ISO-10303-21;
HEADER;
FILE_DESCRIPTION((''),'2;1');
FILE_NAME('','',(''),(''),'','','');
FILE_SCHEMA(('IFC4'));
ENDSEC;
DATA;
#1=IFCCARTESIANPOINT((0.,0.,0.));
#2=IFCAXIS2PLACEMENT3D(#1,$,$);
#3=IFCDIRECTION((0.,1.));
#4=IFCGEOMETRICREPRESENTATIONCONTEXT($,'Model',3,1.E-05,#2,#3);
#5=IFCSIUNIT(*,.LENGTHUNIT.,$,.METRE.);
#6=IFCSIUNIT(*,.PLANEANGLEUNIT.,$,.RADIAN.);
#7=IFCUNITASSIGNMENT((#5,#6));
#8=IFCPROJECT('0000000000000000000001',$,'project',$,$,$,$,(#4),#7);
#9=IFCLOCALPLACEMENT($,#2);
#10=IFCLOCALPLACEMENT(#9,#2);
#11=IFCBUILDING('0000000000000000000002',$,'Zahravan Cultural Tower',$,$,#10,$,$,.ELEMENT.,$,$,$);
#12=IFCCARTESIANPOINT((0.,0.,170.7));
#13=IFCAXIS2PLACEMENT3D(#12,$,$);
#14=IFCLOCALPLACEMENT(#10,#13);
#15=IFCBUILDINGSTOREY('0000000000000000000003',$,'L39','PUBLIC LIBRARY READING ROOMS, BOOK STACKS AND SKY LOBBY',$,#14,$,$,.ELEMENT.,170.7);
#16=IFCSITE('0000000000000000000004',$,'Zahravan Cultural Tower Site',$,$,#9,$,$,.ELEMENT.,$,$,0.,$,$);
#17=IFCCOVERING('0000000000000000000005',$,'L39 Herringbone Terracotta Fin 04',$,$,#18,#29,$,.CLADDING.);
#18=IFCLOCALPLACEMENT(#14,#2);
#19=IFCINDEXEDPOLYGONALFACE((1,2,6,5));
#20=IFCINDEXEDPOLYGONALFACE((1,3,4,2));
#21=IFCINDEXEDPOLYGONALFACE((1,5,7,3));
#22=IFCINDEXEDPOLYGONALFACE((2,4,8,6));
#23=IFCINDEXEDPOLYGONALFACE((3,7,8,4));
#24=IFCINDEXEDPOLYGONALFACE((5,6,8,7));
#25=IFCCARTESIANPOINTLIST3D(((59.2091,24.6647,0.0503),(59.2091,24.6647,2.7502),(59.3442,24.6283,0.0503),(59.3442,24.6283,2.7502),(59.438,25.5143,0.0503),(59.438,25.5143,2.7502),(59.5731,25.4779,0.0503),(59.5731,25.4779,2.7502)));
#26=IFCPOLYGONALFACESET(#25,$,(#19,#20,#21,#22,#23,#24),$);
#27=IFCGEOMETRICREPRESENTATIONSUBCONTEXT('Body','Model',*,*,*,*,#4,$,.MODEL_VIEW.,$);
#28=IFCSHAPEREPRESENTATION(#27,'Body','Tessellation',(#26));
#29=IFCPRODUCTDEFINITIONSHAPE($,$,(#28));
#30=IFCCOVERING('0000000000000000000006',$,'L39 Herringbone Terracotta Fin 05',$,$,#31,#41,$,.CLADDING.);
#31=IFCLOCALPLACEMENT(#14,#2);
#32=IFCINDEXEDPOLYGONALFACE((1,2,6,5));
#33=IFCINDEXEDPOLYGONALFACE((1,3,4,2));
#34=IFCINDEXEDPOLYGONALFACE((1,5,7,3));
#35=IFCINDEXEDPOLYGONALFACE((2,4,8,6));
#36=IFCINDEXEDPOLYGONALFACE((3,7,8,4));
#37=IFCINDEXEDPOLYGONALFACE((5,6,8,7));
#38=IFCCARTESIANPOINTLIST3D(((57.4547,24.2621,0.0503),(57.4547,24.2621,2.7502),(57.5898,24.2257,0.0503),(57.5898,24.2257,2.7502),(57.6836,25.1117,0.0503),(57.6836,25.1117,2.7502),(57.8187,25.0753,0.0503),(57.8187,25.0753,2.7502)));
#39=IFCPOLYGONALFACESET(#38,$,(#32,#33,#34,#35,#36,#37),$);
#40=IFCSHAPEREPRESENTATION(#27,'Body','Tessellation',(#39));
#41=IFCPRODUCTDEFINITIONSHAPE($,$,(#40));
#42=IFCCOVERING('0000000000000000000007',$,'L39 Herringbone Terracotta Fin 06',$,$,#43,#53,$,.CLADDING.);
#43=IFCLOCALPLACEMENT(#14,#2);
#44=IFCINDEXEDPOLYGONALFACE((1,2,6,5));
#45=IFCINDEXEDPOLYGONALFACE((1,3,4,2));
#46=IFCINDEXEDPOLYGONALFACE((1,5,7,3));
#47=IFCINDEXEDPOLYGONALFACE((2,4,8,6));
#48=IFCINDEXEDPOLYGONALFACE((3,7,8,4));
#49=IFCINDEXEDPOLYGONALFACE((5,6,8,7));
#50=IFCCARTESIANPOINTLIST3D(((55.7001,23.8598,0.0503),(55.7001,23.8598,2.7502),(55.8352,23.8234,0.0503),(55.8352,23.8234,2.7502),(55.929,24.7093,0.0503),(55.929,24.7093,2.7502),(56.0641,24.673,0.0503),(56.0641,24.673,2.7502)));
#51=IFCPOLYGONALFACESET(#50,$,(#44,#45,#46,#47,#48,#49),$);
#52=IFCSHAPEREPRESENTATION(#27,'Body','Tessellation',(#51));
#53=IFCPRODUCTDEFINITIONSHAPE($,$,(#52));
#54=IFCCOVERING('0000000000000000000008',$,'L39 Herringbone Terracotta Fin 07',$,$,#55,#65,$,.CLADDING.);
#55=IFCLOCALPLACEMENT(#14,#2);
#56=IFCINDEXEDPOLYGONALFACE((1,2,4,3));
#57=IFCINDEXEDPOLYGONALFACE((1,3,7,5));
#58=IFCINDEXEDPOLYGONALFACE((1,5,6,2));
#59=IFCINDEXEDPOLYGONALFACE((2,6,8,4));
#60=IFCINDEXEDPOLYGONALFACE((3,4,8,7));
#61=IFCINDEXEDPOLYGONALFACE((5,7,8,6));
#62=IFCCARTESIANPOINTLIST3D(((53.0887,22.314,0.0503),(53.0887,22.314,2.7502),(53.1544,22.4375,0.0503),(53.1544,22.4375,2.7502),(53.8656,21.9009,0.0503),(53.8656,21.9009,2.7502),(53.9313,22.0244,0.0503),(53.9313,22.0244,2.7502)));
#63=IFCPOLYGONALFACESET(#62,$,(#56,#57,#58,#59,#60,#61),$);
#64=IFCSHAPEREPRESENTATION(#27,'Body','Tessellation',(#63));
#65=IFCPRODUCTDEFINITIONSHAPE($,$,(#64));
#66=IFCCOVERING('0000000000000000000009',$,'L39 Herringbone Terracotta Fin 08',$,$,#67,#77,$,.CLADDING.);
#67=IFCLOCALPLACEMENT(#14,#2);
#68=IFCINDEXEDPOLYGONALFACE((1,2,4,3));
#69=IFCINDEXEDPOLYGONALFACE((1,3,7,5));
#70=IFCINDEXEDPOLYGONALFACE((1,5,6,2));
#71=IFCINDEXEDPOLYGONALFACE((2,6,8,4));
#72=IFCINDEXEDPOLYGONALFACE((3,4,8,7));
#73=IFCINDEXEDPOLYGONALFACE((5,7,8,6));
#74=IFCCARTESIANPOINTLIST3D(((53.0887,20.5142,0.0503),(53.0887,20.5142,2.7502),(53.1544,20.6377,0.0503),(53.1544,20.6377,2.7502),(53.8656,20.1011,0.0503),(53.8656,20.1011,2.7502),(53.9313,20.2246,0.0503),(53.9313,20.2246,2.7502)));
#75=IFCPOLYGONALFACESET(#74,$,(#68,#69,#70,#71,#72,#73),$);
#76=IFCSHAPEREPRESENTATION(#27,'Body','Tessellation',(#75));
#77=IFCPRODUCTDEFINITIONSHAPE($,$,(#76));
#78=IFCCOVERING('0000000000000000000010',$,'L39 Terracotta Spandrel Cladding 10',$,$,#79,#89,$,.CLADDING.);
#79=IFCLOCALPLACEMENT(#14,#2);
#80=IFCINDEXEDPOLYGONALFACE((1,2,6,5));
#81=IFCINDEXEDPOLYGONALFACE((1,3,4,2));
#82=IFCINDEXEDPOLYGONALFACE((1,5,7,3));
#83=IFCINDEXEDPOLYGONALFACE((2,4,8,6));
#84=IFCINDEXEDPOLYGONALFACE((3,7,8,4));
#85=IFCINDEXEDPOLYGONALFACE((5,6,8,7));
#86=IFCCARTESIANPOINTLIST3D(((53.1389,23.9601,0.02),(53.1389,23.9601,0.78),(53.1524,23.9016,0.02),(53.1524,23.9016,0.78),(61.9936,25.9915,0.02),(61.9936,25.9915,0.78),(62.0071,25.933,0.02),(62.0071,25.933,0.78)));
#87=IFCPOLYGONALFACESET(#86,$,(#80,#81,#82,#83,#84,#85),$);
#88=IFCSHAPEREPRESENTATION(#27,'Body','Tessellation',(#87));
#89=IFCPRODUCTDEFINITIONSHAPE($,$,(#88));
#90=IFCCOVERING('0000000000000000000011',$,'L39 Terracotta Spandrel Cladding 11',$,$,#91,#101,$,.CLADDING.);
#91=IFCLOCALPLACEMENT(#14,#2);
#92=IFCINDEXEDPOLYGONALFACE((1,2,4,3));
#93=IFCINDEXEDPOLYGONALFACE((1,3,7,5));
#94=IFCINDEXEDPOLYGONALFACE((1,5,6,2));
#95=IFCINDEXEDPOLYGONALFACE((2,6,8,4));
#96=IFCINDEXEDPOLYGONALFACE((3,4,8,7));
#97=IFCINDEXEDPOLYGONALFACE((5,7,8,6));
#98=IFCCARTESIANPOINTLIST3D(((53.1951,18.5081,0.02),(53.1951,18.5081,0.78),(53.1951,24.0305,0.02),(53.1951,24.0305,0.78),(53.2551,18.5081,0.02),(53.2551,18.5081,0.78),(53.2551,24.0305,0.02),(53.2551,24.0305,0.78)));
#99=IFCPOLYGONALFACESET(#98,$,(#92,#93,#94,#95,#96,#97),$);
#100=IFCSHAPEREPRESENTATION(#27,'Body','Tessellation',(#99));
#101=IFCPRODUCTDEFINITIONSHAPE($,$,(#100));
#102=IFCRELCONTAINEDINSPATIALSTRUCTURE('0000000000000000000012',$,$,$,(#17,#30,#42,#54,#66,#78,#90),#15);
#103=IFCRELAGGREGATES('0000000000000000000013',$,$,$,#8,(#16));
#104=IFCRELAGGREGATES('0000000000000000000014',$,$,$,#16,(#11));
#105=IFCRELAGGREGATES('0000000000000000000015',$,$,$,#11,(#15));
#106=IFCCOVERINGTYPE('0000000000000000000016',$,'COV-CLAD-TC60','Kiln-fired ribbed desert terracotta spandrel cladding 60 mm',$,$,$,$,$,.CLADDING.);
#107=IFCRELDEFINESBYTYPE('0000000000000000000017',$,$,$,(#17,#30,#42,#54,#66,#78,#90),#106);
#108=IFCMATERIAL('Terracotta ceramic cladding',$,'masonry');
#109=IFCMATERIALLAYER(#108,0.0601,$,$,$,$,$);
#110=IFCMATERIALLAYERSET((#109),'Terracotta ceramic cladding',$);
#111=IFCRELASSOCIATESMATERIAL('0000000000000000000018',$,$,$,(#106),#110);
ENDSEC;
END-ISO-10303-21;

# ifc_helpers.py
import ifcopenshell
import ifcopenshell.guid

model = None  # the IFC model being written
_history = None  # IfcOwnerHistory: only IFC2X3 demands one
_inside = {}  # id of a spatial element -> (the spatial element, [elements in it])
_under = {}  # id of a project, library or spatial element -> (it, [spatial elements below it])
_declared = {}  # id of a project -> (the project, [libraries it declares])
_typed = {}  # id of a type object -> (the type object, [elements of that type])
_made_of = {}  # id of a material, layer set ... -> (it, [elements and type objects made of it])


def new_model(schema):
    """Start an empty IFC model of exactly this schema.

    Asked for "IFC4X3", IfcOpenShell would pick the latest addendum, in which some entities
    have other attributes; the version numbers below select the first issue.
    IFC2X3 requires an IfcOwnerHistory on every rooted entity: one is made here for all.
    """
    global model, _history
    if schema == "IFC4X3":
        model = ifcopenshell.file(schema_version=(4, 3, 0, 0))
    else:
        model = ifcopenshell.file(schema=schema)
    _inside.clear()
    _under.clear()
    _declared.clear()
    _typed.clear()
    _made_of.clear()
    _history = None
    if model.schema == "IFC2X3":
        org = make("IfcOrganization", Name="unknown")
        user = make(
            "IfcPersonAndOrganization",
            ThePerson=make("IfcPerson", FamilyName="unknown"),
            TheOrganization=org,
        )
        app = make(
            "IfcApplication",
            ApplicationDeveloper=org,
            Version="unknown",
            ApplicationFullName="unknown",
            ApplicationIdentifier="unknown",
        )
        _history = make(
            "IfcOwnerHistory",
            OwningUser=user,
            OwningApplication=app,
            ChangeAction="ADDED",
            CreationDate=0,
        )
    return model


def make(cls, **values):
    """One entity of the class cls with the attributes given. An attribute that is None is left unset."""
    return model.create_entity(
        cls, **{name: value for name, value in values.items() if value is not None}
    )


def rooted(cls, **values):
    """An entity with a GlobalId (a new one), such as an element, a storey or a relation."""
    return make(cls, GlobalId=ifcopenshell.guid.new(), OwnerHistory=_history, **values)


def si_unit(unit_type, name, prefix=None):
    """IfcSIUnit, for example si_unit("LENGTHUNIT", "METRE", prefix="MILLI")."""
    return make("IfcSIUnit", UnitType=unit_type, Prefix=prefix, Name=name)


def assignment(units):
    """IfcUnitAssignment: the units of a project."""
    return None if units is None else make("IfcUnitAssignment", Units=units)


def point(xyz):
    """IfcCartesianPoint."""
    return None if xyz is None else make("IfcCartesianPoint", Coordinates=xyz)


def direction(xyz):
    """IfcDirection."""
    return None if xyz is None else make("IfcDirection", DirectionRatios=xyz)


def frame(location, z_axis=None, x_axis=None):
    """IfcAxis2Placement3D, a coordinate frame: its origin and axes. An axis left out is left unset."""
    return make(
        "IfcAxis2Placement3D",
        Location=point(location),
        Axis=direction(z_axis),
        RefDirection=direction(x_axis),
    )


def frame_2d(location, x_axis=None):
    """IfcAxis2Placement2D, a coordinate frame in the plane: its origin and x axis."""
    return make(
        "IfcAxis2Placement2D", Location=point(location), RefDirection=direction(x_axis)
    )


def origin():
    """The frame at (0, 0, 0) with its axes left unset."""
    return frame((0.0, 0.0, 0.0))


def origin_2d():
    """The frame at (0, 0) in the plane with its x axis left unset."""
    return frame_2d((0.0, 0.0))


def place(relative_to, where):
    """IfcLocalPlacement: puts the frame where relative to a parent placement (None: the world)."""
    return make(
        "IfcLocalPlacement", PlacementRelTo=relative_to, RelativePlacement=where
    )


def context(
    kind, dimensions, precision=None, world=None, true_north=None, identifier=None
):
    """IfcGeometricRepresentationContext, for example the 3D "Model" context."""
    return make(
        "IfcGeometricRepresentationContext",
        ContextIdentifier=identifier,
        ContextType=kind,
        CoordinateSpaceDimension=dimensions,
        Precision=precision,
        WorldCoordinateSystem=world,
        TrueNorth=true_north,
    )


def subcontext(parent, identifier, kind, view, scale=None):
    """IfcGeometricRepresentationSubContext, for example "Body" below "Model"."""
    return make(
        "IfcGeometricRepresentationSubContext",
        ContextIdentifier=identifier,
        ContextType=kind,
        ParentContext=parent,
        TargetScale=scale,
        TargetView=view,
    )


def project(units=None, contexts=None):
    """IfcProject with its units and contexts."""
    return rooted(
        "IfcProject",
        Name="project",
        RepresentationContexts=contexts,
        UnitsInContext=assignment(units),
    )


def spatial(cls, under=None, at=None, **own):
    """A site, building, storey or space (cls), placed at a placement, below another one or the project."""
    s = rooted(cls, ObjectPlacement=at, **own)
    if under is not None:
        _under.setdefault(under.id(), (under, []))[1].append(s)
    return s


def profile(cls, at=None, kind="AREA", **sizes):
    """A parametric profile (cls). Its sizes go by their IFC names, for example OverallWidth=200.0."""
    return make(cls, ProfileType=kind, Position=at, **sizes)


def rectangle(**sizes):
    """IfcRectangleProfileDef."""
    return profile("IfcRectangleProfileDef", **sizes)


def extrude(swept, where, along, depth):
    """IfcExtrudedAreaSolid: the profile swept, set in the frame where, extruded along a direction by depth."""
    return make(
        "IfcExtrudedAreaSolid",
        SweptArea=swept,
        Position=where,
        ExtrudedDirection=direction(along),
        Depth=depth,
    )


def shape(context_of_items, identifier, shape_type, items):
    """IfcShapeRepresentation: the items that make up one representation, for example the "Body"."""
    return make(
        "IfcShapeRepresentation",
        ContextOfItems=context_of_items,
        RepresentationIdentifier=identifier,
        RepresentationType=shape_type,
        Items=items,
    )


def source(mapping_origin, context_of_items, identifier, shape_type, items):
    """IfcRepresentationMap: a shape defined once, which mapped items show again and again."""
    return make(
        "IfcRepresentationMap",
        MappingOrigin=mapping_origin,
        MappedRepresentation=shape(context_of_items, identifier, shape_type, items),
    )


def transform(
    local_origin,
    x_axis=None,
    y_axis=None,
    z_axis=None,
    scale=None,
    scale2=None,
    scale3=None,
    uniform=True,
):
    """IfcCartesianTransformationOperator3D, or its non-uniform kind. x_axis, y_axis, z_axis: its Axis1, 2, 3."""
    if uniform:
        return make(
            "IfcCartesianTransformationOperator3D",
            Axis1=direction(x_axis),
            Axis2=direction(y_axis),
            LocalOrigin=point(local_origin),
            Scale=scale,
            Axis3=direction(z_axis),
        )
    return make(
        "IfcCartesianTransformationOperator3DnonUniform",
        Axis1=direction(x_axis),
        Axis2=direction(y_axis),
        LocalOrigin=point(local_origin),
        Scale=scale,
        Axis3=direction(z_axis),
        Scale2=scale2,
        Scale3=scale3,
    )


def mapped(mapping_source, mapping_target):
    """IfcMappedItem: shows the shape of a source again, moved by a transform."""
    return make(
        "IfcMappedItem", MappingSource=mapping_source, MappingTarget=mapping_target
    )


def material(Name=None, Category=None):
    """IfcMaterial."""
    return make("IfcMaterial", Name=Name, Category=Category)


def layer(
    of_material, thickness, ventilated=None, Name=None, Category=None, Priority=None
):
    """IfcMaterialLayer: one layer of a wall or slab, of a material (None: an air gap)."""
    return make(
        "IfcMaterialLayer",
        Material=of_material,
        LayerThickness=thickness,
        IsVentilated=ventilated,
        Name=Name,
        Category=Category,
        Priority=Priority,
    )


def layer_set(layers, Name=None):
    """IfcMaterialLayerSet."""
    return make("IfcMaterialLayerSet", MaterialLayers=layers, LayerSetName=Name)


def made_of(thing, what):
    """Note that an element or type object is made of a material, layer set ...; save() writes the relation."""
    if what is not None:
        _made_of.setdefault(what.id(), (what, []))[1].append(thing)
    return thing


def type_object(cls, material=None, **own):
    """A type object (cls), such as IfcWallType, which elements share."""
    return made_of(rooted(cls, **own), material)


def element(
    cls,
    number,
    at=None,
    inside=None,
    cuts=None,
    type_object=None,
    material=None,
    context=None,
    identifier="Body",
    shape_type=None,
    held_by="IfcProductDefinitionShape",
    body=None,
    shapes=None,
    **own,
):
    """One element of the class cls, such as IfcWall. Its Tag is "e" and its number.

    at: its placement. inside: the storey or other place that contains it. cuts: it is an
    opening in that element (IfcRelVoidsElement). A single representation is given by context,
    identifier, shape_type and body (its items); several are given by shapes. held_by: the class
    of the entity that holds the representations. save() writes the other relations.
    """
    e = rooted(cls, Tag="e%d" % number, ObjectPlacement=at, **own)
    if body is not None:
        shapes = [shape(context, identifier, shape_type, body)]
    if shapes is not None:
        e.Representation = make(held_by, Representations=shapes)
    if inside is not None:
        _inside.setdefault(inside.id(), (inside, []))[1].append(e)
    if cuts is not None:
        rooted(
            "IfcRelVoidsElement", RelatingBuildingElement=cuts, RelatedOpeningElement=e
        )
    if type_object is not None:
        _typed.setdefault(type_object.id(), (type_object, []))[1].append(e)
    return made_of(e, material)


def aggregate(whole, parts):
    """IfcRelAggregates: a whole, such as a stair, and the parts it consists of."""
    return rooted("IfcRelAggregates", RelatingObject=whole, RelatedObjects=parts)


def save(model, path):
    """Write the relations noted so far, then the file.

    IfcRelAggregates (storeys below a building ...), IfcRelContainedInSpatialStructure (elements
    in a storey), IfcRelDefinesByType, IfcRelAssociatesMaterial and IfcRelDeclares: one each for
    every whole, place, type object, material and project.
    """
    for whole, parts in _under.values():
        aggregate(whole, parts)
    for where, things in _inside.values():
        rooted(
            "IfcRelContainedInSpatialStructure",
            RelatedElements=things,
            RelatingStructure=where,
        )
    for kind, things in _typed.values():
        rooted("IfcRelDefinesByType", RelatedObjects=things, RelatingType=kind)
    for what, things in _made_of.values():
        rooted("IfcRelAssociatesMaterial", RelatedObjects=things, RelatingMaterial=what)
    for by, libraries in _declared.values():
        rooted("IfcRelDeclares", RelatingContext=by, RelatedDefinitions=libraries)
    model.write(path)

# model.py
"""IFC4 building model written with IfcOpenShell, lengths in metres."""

from ifc_helpers import new_model, si_unit, direction, frame, origin, origin_2d, place, context, subcontext, project, spatial, rectangle, extrude, source, transform, mapped, material, layer, layer_set, type_object, element, save


model = new_model("IFC4")

# Units and contexts
model_context = context("Model", 3, precision=1e-05, world=origin(), true_north=direction((0.0, 1.0)))
body_context = subcontext(model_context, "Body", "Model", "MODEL_VIEW")
ifc_project = project(units=[si_unit("LENGTHUNIT", "METRE"), si_unit("PLANEANGLEUNIT", "RADIAN")], contexts=[model_context])

# Site, building, storey
site_placement = place(None, origin())
site = spatial("IfcSite", under=ifc_project, at=site_placement, Name="Zahravan Cultural Tower Site", CompositionType="ELEMENT", RefElevation=0.0)
building_placement = place(site_placement, origin())
building = spatial("IfcBuilding", under=site, at=building_placement, Name="Zahravan Cultural Tower", CompositionType="ELEMENT")
storey_placement = place(building_placement, frame((0.0, 0.0, 170.7)))
storey = spatial("IfcBuildingStorey", under=building, at=storey_placement, Name="L39", Description="PUBLIC LIBRARY READING ROOMS, BOOK STACKS AND SKY LOBBY", CompositionType="ELEMENT", Elevation=170.7)

# Coverings
ifc_material_1 = material(Name="Terracotta ceramic cladding", Category="masonry")
ifc_layer_1 = layer(ifc_material_1, 0.0601)
ifc_layer_set_1 = layer_set([ifc_layer_1], Name="Terracotta ceramic cladding")
covering_type = type_object("IfcCoveringType", Name="COV-CLAD-TC60", Description="Kiln-fired ribbed desert terracotta spandrel cladding 60 mm", PredefinedType="CLADDING", material=ifc_layer_set_1)
shared_shape_1 = source(origin(), body_context, "Body", "SweptSolid", [
    extrude(rectangle(XDim=0.8799, YDim=0.1399, at=origin_2d()), origin(), (0.0, 0.0, 1.0), 2.7),
])
for number, where, z_axis, x_axis, name in (
    (1, (59.3911, 25.0713, 0.0503), (0.0, 0.0, 1.0), (-0.260151, -0.965568, 0.0), "L39 Herringbone Terracotta Fin 04"),
    (2, (57.6367, 24.6687, 0.0503), (0.0, 0.0, 1.0), (-0.260151, -0.965568, 0.0), "L39 Herringbone Terracotta Fin 05"),
    (3, (55.8821, 24.2664, 0.0503), (0.0, 0.0, 1.0), (-0.260151, -0.965568, 0.0), "L39 Herringbone Terracotta Fin 06"),
    (4, (53.51, 22.1692, 0.0503), (0.0, 0.0, 1.0), (0.882948, -0.469472, 0.0), "L39 Herringbone Terracotta Fin 07"),
    (5, (53.51, 20.3694, 0.0503), (0.0, 0.0, 1.0), (0.882948, -0.469472, 0.0), "L39 Herringbone Terracotta Fin 08"),
):
    element("IfcCovering", number, at=place(storey_placement, frame(where, z_axis=z_axis, x_axis=x_axis)), inside=storey, type_object=covering_type, Name=name, PredefinedType="CLADDING", context=body_context, shape_type="MappedRepresentation", body=[
        mapped(shared_shape_1, transform((0.0, 0.0, 0.0), x_axis=(1.0, 0.0, 0.0), y_axis=(0.0, 1.0, 0.0), z_axis=(0.0, 0.0, 1.0), scale=1.0)),
    ])
shared_shape_2 = source(origin(), body_context, "Body", "SweptSolid", [
    extrude(rectangle(XDim=9.0847, YDim=0.0601, at=origin_2d()), origin(), (0.0, 0.0, 1.0), 0.76),
])
covering_1_placement = place(storey_placement, frame((57.573, 24.9465, 0.02), z_axis=(0.0, 0.0, 1.0), x_axis=(-0.974679, -0.223607, 0.0)))
element("IfcCovering", 6, at=covering_1_placement, inside=storey, type_object=covering_type, Name="L39 Terracotta Spandrel Cladding 10", PredefinedType="CLADDING", context=body_context, shape_type="MappedRepresentation", body=[
    mapped(shared_shape_2, transform((0.0, 0.0, 0.0), x_axis=(1.0, 0.0, 0.0), y_axis=(0.0, 1.0, 0.0), z_axis=(0.0, 0.0, 1.0), scale=1.0)),
])
shared_shape_3 = source(origin(), body_context, "Body", "SweptSolid", [
    extrude(rectangle(XDim=5.5225, YDim=0.0601, at=origin_2d()), origin(), (0.0, 0.0, 1.0), 0.76),
])
covering_2_placement = place(storey_placement, frame((53.2251, 21.2693, 0.02), z_axis=(0.0, 0.0, 1.0), x_axis=(0.0, -1.0, 0.0)))
element("IfcCovering", 7, at=covering_2_placement, inside=storey, type_object=covering_type, Name="L39 Terracotta Spandrel Cladding 11", PredefinedType="CLADDING", context=body_context, shape_type="MappedRepresentation", body=[
    mapped(shared_shape_3, transform((0.0, 0.0, 0.0), x_axis=(1.0, 0.0, 0.0), y_axis=(0.0, 1.0, 0.0), z_axis=(0.0, 0.0, 1.0), scale=1.0)),
])

save(model, "model.ifc")
